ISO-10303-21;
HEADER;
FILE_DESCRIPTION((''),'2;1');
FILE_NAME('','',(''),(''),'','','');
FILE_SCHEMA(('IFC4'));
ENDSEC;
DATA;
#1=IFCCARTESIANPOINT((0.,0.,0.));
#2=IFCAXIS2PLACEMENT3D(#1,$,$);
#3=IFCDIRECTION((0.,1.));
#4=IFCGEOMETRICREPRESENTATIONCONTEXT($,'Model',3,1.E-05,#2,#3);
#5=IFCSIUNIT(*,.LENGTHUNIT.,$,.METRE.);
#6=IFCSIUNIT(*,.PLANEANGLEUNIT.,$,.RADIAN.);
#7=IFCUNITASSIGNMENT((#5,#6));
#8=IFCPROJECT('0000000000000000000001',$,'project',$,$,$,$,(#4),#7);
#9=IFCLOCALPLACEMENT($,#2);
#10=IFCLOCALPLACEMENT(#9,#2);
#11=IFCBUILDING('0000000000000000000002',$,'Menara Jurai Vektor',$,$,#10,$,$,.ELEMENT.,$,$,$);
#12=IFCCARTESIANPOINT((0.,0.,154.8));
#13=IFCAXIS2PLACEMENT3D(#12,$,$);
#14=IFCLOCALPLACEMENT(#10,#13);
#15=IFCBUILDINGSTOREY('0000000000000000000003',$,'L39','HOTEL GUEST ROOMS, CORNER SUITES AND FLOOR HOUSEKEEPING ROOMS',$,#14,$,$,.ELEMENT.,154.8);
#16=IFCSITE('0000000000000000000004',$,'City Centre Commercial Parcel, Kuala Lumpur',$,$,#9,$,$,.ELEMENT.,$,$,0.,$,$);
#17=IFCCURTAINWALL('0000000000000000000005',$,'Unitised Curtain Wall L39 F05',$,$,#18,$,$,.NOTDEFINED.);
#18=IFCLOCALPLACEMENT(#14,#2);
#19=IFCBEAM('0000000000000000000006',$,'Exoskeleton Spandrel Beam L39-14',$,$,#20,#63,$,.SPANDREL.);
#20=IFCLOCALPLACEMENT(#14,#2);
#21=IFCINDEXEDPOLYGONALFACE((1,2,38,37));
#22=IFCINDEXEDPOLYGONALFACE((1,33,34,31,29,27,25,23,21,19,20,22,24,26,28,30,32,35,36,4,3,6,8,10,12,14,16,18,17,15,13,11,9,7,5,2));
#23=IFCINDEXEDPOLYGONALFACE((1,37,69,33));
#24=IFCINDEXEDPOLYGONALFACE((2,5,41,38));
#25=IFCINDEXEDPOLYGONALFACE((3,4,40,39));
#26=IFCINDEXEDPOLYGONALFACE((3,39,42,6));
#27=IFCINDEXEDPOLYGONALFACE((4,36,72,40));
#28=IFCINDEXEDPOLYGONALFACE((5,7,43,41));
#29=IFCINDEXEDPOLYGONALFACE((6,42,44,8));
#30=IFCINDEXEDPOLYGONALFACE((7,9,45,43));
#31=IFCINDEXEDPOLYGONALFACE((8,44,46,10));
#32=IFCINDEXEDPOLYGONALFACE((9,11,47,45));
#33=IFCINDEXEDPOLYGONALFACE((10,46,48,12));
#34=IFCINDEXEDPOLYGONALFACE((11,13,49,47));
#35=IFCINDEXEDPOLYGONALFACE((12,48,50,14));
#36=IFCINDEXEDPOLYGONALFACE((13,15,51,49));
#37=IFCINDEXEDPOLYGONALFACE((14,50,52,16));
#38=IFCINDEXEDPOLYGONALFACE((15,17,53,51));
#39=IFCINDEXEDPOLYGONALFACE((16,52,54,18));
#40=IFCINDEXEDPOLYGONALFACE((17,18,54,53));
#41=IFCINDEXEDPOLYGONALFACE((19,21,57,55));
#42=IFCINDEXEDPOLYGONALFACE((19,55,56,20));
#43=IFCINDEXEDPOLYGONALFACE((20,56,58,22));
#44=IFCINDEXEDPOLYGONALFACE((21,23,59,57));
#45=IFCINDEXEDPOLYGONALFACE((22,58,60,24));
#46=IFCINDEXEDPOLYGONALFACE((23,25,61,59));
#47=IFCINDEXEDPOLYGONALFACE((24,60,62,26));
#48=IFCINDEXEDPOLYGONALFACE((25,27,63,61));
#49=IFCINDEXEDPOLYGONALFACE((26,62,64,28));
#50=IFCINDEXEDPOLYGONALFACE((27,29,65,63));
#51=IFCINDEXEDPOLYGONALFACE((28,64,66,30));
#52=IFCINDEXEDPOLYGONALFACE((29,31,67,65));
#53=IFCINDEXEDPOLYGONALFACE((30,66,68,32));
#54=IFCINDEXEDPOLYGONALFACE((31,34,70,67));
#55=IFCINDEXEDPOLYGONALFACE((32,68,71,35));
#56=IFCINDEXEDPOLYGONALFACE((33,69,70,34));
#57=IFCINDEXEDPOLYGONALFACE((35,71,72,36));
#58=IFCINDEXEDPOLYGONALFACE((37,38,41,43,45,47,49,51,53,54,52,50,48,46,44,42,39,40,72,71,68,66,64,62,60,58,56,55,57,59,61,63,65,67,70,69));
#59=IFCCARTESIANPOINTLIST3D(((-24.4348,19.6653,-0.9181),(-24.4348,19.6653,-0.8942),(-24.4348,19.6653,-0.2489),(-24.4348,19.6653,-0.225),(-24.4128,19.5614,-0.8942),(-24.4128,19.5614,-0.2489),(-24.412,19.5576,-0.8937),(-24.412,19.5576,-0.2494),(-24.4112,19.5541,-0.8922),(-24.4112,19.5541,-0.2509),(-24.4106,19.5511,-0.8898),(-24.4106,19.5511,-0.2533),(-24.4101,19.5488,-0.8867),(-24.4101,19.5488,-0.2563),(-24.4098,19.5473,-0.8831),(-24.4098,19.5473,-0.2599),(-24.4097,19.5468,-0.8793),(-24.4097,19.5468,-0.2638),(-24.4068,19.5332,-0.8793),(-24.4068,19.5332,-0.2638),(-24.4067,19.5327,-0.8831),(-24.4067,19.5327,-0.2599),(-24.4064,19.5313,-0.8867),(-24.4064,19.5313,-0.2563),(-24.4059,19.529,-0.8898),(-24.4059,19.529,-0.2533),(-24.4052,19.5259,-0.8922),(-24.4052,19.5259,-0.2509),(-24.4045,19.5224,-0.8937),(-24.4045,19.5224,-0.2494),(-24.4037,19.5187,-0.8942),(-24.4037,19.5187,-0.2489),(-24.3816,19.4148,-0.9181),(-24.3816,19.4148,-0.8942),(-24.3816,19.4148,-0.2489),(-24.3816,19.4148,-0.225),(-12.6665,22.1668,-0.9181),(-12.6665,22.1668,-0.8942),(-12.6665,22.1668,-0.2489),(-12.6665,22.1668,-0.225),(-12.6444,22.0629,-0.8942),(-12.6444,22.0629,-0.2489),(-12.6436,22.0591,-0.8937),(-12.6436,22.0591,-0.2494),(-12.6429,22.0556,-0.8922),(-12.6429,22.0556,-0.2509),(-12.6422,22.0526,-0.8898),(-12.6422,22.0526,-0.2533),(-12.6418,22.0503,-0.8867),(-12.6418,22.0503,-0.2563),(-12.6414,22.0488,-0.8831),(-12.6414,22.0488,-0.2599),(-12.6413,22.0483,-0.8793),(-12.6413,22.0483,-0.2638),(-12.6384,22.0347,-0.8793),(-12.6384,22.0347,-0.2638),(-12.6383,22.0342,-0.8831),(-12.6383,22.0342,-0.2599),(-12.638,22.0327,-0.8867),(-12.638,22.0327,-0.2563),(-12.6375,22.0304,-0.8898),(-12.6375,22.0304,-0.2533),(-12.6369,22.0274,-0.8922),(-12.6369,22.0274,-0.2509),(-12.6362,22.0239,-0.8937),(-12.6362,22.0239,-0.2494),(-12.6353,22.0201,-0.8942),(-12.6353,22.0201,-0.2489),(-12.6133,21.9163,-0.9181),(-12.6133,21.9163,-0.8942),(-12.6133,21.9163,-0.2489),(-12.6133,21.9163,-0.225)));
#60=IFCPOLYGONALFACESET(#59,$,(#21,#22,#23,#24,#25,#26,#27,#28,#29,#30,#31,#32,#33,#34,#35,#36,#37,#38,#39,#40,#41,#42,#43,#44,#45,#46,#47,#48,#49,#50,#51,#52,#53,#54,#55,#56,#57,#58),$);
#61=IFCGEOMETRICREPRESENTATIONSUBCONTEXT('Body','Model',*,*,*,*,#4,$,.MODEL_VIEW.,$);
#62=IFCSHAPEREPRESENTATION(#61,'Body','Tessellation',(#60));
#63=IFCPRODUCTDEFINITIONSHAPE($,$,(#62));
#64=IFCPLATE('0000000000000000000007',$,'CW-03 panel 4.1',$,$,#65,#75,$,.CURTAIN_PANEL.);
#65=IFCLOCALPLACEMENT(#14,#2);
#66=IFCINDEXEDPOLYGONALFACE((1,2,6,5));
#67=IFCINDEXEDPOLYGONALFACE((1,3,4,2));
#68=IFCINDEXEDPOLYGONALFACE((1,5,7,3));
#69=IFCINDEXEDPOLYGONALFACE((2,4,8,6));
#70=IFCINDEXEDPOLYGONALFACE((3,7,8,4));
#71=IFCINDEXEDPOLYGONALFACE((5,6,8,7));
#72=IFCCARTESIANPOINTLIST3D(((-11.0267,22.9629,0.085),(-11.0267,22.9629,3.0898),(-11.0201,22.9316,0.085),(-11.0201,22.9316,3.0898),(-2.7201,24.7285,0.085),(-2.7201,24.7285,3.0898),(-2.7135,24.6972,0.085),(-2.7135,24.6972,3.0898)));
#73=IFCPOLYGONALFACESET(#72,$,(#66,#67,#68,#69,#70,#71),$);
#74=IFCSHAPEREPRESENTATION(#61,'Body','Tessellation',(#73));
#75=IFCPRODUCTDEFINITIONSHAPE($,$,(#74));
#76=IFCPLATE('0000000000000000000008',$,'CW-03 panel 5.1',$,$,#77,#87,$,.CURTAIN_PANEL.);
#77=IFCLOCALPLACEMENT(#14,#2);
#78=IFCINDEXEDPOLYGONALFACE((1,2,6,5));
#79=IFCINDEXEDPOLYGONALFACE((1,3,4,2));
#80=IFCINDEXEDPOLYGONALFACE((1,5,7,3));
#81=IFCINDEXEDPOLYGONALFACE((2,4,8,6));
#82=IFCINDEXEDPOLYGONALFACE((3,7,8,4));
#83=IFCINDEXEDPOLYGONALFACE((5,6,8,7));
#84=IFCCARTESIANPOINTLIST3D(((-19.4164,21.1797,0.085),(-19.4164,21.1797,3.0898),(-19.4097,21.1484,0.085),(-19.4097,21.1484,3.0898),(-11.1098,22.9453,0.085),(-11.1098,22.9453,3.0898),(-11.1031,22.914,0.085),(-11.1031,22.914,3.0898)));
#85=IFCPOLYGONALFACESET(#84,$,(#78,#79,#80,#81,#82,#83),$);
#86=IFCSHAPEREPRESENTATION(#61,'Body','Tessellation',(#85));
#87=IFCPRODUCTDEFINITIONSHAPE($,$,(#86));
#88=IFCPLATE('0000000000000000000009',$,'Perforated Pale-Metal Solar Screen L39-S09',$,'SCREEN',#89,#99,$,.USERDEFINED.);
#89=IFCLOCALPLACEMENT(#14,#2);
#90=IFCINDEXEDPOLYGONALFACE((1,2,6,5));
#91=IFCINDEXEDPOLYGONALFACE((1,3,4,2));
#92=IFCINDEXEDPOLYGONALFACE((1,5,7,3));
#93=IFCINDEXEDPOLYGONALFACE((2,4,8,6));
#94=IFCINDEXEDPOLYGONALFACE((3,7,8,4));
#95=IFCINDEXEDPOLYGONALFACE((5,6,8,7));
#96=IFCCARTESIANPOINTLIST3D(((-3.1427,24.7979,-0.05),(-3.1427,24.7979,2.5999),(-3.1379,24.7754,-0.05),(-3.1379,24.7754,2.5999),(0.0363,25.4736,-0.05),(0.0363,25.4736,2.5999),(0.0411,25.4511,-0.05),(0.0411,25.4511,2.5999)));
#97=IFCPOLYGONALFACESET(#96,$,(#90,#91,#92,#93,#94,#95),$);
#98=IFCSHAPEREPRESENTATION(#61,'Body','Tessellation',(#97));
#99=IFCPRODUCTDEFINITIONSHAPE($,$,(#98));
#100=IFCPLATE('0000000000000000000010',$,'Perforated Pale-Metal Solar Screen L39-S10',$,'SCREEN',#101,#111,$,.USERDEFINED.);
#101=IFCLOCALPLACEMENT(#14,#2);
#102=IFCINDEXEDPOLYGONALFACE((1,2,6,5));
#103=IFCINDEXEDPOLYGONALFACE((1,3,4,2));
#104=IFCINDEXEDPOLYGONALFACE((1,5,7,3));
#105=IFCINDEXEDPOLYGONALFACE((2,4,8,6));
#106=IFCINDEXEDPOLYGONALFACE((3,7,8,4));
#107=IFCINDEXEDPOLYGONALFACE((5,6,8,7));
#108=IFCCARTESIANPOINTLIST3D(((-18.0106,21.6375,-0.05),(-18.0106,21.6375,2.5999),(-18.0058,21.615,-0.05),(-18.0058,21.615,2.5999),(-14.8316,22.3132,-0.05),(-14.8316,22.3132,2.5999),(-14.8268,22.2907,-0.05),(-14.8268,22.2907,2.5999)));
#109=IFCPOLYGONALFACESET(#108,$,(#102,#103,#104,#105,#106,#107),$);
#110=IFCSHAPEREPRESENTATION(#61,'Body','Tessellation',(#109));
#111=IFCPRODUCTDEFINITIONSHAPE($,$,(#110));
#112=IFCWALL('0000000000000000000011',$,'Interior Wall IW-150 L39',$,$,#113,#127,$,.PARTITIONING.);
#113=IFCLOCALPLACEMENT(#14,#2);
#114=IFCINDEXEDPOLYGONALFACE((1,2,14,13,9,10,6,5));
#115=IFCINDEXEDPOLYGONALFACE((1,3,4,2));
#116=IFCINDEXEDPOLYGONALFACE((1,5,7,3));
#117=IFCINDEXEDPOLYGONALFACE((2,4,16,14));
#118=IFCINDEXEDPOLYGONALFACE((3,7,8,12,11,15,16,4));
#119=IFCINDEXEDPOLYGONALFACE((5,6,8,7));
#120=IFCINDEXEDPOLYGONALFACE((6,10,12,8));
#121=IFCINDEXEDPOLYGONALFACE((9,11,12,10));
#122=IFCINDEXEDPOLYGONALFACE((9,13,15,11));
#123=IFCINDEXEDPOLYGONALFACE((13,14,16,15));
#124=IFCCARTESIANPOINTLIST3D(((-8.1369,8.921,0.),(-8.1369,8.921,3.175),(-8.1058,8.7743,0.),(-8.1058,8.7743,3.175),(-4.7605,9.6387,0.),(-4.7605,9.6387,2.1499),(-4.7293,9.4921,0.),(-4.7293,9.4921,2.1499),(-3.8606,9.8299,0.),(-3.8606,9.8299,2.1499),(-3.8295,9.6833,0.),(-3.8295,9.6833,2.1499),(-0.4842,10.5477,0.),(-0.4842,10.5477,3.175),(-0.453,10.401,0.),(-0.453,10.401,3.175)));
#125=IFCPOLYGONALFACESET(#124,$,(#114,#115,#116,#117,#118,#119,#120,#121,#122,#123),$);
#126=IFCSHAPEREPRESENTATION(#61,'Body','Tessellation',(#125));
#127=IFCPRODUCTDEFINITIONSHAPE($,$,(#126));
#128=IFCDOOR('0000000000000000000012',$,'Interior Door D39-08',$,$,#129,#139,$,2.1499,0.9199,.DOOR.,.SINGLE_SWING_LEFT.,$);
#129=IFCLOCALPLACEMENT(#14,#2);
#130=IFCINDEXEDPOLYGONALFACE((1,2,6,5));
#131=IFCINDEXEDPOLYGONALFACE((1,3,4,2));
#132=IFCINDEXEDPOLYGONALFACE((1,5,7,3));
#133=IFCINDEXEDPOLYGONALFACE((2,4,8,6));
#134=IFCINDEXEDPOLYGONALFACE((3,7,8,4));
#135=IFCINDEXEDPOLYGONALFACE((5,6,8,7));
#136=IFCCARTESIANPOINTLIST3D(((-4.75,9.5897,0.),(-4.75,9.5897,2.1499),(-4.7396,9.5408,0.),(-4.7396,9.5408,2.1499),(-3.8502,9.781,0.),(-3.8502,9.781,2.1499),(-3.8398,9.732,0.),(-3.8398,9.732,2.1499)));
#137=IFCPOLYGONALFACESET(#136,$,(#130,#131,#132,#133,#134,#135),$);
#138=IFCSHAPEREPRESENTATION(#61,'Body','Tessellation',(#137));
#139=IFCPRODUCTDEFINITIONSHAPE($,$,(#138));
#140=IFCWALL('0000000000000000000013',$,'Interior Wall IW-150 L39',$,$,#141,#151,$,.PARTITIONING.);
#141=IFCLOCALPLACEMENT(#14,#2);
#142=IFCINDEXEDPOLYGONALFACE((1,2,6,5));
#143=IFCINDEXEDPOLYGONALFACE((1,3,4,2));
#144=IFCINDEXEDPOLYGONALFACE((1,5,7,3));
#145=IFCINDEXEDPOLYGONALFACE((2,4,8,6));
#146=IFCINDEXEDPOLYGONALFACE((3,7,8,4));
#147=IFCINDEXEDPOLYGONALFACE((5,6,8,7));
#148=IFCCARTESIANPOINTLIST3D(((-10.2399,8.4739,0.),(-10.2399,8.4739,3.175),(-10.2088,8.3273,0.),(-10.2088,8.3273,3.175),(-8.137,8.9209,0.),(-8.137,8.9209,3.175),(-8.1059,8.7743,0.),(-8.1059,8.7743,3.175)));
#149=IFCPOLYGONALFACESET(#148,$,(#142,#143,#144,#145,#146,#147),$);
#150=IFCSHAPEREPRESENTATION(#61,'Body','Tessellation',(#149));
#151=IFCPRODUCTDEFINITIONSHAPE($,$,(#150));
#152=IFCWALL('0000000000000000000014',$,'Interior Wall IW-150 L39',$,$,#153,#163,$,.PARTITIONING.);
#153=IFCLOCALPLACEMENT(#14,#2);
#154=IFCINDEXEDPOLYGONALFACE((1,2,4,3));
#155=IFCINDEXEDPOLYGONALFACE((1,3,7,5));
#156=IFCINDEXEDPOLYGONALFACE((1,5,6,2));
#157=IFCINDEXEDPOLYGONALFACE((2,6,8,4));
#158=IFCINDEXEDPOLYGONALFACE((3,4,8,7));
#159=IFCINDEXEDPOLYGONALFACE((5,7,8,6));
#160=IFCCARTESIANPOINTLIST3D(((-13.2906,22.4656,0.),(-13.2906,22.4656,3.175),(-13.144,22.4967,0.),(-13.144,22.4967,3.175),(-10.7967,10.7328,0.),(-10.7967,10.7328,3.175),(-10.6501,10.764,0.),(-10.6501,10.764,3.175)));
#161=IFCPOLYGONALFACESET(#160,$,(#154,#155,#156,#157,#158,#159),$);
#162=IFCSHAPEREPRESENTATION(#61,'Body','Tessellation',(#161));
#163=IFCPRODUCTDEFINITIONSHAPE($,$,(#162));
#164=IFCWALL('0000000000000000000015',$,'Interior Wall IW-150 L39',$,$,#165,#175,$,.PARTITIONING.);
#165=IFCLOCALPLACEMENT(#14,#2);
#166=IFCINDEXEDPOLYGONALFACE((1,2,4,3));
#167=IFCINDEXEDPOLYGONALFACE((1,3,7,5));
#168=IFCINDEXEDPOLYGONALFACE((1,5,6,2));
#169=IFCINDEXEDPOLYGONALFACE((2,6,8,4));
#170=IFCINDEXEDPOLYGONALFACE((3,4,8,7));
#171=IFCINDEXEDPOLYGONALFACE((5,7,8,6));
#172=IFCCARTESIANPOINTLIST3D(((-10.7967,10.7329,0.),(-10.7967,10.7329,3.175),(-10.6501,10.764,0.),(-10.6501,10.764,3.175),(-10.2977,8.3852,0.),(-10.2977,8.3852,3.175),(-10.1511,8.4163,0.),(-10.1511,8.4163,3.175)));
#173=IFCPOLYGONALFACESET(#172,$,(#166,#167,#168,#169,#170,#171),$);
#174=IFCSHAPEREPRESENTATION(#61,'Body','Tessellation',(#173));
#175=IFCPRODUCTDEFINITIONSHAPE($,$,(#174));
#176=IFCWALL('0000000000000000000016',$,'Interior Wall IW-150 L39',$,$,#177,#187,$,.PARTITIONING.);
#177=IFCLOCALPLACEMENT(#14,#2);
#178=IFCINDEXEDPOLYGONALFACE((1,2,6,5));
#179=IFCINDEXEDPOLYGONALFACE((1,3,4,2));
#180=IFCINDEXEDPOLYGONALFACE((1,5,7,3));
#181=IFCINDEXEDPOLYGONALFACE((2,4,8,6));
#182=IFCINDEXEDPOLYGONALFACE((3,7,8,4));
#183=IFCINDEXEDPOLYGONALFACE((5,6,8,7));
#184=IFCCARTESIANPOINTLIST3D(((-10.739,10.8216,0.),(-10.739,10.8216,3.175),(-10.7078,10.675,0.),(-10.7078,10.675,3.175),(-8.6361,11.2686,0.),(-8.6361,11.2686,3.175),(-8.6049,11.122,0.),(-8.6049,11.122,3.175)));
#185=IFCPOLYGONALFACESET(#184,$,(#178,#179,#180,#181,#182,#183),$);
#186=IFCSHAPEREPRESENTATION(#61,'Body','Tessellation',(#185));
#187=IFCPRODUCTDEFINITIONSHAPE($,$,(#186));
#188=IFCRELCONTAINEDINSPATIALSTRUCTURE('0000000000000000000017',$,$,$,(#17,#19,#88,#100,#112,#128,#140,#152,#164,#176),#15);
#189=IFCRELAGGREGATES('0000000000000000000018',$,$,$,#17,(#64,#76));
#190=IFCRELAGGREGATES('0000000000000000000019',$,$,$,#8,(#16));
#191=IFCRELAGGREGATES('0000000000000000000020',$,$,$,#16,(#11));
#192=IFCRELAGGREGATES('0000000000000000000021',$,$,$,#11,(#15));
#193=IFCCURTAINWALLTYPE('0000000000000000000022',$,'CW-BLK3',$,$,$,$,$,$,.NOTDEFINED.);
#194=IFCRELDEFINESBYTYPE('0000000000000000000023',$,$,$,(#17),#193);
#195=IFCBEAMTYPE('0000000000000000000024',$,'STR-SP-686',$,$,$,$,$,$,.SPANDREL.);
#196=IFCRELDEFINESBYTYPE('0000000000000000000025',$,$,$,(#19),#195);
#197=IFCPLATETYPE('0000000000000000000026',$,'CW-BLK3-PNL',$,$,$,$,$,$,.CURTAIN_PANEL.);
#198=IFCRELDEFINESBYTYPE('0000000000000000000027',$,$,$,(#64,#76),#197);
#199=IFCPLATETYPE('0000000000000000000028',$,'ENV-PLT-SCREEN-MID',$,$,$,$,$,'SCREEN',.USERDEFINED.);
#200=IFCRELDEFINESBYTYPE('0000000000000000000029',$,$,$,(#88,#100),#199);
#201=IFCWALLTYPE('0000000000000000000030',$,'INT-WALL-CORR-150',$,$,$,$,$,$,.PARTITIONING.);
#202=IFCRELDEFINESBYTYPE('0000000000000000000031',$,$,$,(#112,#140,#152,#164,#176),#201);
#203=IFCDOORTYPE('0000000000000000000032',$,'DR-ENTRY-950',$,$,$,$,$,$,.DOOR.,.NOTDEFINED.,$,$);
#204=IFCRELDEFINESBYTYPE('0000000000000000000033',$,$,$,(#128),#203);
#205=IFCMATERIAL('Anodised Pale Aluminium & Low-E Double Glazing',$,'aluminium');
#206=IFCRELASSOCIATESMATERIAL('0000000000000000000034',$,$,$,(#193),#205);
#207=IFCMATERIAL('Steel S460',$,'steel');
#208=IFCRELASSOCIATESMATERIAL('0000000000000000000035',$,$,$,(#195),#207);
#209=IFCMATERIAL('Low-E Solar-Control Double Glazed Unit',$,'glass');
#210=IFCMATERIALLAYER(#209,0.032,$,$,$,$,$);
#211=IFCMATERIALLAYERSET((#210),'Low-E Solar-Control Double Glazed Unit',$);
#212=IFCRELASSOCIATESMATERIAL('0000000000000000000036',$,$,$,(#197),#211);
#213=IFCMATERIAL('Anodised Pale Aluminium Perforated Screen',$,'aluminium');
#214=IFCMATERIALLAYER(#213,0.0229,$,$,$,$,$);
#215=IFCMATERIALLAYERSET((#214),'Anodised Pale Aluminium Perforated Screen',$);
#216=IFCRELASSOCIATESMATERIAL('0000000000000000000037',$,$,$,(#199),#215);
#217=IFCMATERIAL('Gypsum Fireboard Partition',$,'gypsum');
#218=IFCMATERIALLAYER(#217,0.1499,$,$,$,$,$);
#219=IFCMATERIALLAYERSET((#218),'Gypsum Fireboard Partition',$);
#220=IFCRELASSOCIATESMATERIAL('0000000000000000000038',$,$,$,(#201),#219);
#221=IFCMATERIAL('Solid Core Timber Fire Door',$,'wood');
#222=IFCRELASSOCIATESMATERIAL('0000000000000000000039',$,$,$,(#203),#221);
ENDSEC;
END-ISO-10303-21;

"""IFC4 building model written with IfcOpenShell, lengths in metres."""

from ifc_helpers import new_model, si_unit, direction, frame, frame_2d, origin, origin_2d, place, context, subcontext, project, spatial, rectangle, i_section, extrude, material, layer, layer_set, material_profile, profile_set, type_object, element, fill, aggregate, save


model = new_model("IFC4")

# Units and contexts
model_context = context("Model", 3, precision=1e-05, world=origin(), true_north=direction((0.0, 1.0)))
body_context = subcontext(model_context, "Body", "Model", "MODEL_VIEW")
ifc_project = project(units=[si_unit("LENGTHUNIT", "METRE"), si_unit("PLANEANGLEUNIT", "RADIAN")], contexts=[model_context])

# Site, building, storey
site_placement = place(None, origin())
site = spatial("IfcSite", under=ifc_project, at=site_placement, Name="City Centre Commercial Parcel, Kuala Lumpur", CompositionType="ELEMENT", RefElevation=0.0)
building_placement = place(site_placement, origin())
building = spatial("IfcBuilding", under=site, at=building_placement, Name="Menara Jurai Vektor", CompositionType="ELEMENT")
storey_placement = place(building_placement, frame((0.0, 0.0, 154.8)))
storey = spatial("IfcBuildingStorey", under=building, at=storey_placement, Name="L39", Description="HOTEL GUEST ROOMS, CORNER SUITES AND FLOOR HOUSEKEEPING ROOMS", CompositionType="ELEMENT", Elevation=154.8)

# Shared definitions
ifc_material_1 = material(Name="Steel S460", Category="steel")

# Curtain wall
ifc_material_2 = material(Name="Anodised Pale Aluminium & Low-E Double Glazing", Category="aluminium")
curtain_wall_type = type_object("IfcCurtainWallType", Name="CW-BLK3", PredefinedType="NOTDEFINED", material=ifc_material_2)
curtain_wall_placement = place(storey_placement, origin())
curtain_wall = element("IfcCurtainWall", 1, at=curtain_wall_placement, inside=storey, type_object=curtain_wall_type, Name="Unitised Curtain Wall L39 F05", PredefinedType="NOTDEFINED")

# Beam
ifc_material_profile_1 = material_profile(ifc_material_1, i_section(OverallWidth=0.2561, OverallDepth=0.6931, WebThickness=0.0139, FlangeThickness=0.0239, FilletRadius=0.0149, at=origin_2d()), Name="UKB 686x254x170")
ifc_profile_set_1 = profile_set([ifc_material_profile_1], Name="Steel S460")
beam_type_1 = type_object("IfcBeamType", Name="STR-SP-686", PredefinedType="SPANDREL", material=ifc_profile_set_1)
beam_1_placement = place(storey_placement, frame((-12.6399, 22.0415, -0.5715), z_axis=(-0.978147, -0.207914, 0.0), x_axis=(0.207914, -0.978147, 0.0)))
element("IfcBeam", 2, at=beam_1_placement, inside=storey, type_object=beam_type_1, Name="Exoskeleton Spandrel Beam L39-14", PredefinedType="SPANDREL", context=body_context, shape_type="SweptSolid", body=[
    extrude(i_section(OverallWidth=0.2561, OverallDepth=0.6931, WebThickness=0.0139, FlangeThickness=0.0239, FilletRadius=0.0149, at=origin_2d()), origin(), (0.0, 0.0, 1.0), 12.0312),
])

# Plates
ifc_material_3 = material(Name="Low-E Solar-Control Double Glazed Unit", Category="glass")
ifc_layer_1 = layer(ifc_material_3, 0.032)
ifc_layer_set_1 = layer_set([ifc_layer_1], Name="Low-E Solar-Control Double Glazed Unit")
plate_type_1 = type_object("IfcPlateType", Name="CW-BLK3-PNL", PredefinedType="CURTAIN_PANEL", material=ifc_layer_set_1)
plate_1_placement = place(storey_placement, frame((-6.8701, 23.8301, 0.085), z_axis=(0.0, 0.0, 1.0), x_axis=(-0.978148, -0.207911, 0.0)))
plate_1 = element("IfcPlate", 3, at=plate_1_placement, type_object=plate_type_1, Name="CW-03 panel 4.1", PredefinedType="CURTAIN_PANEL", context=body_context, shape_type="SweptSolid", body=[
    extrude(rectangle(XDim=8.4922, YDim=0.032, at=origin_2d()), origin(), (0.0, 0.0, 1.0), 3.0049),
])
plate_2_placement = place(storey_placement, frame((-15.2598, 22.0469, 0.085), z_axis=(0.0, 0.0, 1.0), x_axis=(-0.978148, -0.207911, 0.0)))
plate_2 = element("IfcPlate", 4, at=plate_2_placement, type_object=plate_type_1, Name="CW-03 panel 5.1", PredefinedType="CURTAIN_PANEL", context=body_context, shape_type="SweptSolid", body=[
    extrude(rectangle(XDim=8.4922, YDim=0.032, at=origin_2d()), origin(), (0.0, 0.0, 1.0), 3.0049),
])
aggregate(curtain_wall, [plate_1, plate_2])

# Plates
ifc_material_4 = material(Name="Anodised Pale Aluminium Perforated Screen", Category="aluminium")
ifc_layer_2 = layer(ifc_material_4, 0.0229)
ifc_layer_set_2 = layer_set([ifc_layer_2], Name="Anodised Pale Aluminium Perforated Screen")
plate_type_2 = type_object("IfcPlateType", Name="ENV-PLT-SCREEN-MID", ElementType="SCREEN", PredefinedType="USERDEFINED", material=ifc_layer_set_2)
for number, where, z_axis, x_axis, name in (
    (5, (-1.5508, 25.1245, -0.05), (0.0, 0.0, 1.0), (-0.978148, -0.207912, 0.0), "Perforated Pale-Metal Solar Screen L39-S09"),
    (6, (-16.4187, 21.9641, -0.05), (0.0, 0.0, 1.0), (-0.978148, -0.207912, 0.0), "Perforated Pale-Metal Solar Screen L39-S10"),
):
    element("IfcPlate", number, at=place(storey_placement, frame(where, z_axis=z_axis, x_axis=x_axis)), inside=storey, type_object=plate_type_2, Name=name, ObjectType="SCREEN", PredefinedType="USERDEFINED", context=body_context, shape_type="SweptSolid", body=[
        extrude(rectangle(XDim=3.25, YDim=0.0229, at=origin_2d()), origin(), (0.0, 0.0, 1.0), 2.6499),
    ])

# Wall, opening, door
ifc_material_5 = material(Name="Gypsum Fireboard Partition", Category="gypsum")
ifc_layer_3 = layer(ifc_material_5, 0.1499)
ifc_layer_set_3 = layer_set([ifc_layer_3], Name="Gypsum Fireboard Partition")
wall_type = type_object("IfcWallType", Name="INT-WALL-CORR-150", PredefinedType="PARTITIONING", material=ifc_layer_set_3)
wall_1_placement = place(storey_placement, frame((-8.1213, 8.8477, 0.0), z_axis=(0.0, 0.0, 1.0), x_axis=(0.978146, 0.207918, 0.0)))
wall_1 = element("IfcWall", 7, at=wall_1_placement, inside=storey, type_object=wall_type, Name="Interior Wall IW-150 L39", PredefinedType="PARTITIONING", context=body_context, shape_type="SweptSolid", body=[
    extrude(rectangle(XDim=7.8237, YDim=0.1499, at=frame_2d((3.9119, 0.0))), origin(), (0.0, 0.0, 1.0), 3.175),
])
opening_1_placement = place(wall_1_placement, frame((3.4519, 0.0, 0.0)))
opening_1 = element("IfcOpeningElement", 8, at=opening_1_placement, cuts=wall_1, PredefinedType="OPENING", context=body_context, shape_type="SweptSolid", body=[
    extrude(rectangle(XDim=0.9199, YDim=2.1499, at=frame_2d((0.46, 1.075))), frame((0.0, 0.085, 0.0), z_axis=(0.0, -1.0, 0.0), x_axis=(1.0, 0.0, 0.0)), (0.0, 0.0, 1.0), 0.1699),
])
ifc_material_6 = material(Name="Solid Core Timber Fire Door", Category="wood")
door_type_1 = type_object("IfcDoorType", Name="DR-ENTRY-950", OperationType="NOTDEFINED", PredefinedType="DOOR", material=ifc_material_6)
door_1_placement = place(opening_1_placement, origin())
door_1 = element("IfcDoor", 9, at=door_1_placement, inside=storey, type_object=door_type_1, Name="Interior Door D39-08", OperationType="SINGLE_SWING_LEFT", OverallHeight=2.1499, OverallWidth=0.9199, PredefinedType="DOOR", context=body_context, shape_type="SweptSolid", body=[
    extrude(rectangle(XDim=0.9199, YDim=2.1499, at=frame_2d((0.46, 1.075))), frame((0.0, 0.0249, 0.0), z_axis=(0.0, -1.0, 0.0), x_axis=(1.0, 0.0, 0.0)), (0.0, 0.0, 1.0), 0.05),
])
fill(opening_1, door_1)

# Walls
wall_2_placement = place(storey_placement, frame((-10.2244, 8.4006, 0.0), z_axis=(0.0, 0.0, 1.0), x_axis=(0.978147, 0.207916, 0.0)))
element("IfcWall", 10, at=wall_2_placement, inside=storey, type_object=wall_type, Name="Interior Wall IW-150 L39", PredefinedType="PARTITIONING", context=body_context, shape_type="SweptSolid", body=[
    extrude(rectangle(XDim=2.1499, YDim=0.1499, at=frame_2d((1.075, 0.0))), origin(), (0.0, 0.0, 1.0), 3.175),
])
wall_3_placement = place(storey_placement, frame((-10.7234, 10.7483, 0.0), z_axis=(0.0, 0.0, 1.0), x_axis=(-0.207915, 0.978147, 0.0)))
element("IfcWall", 11, at=wall_3_placement, inside=storey, type_object=wall_type, Name="Interior Wall IW-150 L39", PredefinedType="PARTITIONING", context=body_context, shape_type="SweptSolid", body=[
    extrude(rectangle(XDim=11.9949, YDim=0.1499, at=frame_2d((5.9976, 0.0))), origin(), (0.0, 0.0, 1.0), 3.175),
])
wall_4_placement = place(storey_placement, frame((-10.2244, 8.4006, 0.0), z_axis=(0.0, 0.0, 1.0), x_axis=(-0.207917, 0.978146, 0.0)))
element("IfcWall", 12, at=wall_4_placement, inside=storey, type_object=wall_type, Name="Interior Wall IW-150 L39", PredefinedType="PARTITIONING", context=body_context, shape_type="SweptSolid", body=[
    extrude(rectangle(XDim=2.4001, YDim=0.1499, at=frame_2d((1.2002, 0.0))), origin(), (0.0, 0.0, 1.0), 3.175),
])
wall_5_placement = place(storey_placement, frame((-10.7234, 10.7483, 0.0), z_axis=(0.0, 0.0, 1.0), x_axis=(0.978147, 0.207916, 0.0)))
element("IfcWall", 13, at=wall_5_placement, inside=storey, type_object=wall_type, Name="Interior Wall IW-150 L39", PredefinedType="PARTITIONING", context=body_context, shape_type="SweptSolid", body=[
    extrude(rectangle(XDim=2.1499, YDim=0.1499, at=frame_2d((1.075, 0.0))), origin(), (0.0, 0.0, 1.0), 3.175),
])

save(model, "model.ifc")
